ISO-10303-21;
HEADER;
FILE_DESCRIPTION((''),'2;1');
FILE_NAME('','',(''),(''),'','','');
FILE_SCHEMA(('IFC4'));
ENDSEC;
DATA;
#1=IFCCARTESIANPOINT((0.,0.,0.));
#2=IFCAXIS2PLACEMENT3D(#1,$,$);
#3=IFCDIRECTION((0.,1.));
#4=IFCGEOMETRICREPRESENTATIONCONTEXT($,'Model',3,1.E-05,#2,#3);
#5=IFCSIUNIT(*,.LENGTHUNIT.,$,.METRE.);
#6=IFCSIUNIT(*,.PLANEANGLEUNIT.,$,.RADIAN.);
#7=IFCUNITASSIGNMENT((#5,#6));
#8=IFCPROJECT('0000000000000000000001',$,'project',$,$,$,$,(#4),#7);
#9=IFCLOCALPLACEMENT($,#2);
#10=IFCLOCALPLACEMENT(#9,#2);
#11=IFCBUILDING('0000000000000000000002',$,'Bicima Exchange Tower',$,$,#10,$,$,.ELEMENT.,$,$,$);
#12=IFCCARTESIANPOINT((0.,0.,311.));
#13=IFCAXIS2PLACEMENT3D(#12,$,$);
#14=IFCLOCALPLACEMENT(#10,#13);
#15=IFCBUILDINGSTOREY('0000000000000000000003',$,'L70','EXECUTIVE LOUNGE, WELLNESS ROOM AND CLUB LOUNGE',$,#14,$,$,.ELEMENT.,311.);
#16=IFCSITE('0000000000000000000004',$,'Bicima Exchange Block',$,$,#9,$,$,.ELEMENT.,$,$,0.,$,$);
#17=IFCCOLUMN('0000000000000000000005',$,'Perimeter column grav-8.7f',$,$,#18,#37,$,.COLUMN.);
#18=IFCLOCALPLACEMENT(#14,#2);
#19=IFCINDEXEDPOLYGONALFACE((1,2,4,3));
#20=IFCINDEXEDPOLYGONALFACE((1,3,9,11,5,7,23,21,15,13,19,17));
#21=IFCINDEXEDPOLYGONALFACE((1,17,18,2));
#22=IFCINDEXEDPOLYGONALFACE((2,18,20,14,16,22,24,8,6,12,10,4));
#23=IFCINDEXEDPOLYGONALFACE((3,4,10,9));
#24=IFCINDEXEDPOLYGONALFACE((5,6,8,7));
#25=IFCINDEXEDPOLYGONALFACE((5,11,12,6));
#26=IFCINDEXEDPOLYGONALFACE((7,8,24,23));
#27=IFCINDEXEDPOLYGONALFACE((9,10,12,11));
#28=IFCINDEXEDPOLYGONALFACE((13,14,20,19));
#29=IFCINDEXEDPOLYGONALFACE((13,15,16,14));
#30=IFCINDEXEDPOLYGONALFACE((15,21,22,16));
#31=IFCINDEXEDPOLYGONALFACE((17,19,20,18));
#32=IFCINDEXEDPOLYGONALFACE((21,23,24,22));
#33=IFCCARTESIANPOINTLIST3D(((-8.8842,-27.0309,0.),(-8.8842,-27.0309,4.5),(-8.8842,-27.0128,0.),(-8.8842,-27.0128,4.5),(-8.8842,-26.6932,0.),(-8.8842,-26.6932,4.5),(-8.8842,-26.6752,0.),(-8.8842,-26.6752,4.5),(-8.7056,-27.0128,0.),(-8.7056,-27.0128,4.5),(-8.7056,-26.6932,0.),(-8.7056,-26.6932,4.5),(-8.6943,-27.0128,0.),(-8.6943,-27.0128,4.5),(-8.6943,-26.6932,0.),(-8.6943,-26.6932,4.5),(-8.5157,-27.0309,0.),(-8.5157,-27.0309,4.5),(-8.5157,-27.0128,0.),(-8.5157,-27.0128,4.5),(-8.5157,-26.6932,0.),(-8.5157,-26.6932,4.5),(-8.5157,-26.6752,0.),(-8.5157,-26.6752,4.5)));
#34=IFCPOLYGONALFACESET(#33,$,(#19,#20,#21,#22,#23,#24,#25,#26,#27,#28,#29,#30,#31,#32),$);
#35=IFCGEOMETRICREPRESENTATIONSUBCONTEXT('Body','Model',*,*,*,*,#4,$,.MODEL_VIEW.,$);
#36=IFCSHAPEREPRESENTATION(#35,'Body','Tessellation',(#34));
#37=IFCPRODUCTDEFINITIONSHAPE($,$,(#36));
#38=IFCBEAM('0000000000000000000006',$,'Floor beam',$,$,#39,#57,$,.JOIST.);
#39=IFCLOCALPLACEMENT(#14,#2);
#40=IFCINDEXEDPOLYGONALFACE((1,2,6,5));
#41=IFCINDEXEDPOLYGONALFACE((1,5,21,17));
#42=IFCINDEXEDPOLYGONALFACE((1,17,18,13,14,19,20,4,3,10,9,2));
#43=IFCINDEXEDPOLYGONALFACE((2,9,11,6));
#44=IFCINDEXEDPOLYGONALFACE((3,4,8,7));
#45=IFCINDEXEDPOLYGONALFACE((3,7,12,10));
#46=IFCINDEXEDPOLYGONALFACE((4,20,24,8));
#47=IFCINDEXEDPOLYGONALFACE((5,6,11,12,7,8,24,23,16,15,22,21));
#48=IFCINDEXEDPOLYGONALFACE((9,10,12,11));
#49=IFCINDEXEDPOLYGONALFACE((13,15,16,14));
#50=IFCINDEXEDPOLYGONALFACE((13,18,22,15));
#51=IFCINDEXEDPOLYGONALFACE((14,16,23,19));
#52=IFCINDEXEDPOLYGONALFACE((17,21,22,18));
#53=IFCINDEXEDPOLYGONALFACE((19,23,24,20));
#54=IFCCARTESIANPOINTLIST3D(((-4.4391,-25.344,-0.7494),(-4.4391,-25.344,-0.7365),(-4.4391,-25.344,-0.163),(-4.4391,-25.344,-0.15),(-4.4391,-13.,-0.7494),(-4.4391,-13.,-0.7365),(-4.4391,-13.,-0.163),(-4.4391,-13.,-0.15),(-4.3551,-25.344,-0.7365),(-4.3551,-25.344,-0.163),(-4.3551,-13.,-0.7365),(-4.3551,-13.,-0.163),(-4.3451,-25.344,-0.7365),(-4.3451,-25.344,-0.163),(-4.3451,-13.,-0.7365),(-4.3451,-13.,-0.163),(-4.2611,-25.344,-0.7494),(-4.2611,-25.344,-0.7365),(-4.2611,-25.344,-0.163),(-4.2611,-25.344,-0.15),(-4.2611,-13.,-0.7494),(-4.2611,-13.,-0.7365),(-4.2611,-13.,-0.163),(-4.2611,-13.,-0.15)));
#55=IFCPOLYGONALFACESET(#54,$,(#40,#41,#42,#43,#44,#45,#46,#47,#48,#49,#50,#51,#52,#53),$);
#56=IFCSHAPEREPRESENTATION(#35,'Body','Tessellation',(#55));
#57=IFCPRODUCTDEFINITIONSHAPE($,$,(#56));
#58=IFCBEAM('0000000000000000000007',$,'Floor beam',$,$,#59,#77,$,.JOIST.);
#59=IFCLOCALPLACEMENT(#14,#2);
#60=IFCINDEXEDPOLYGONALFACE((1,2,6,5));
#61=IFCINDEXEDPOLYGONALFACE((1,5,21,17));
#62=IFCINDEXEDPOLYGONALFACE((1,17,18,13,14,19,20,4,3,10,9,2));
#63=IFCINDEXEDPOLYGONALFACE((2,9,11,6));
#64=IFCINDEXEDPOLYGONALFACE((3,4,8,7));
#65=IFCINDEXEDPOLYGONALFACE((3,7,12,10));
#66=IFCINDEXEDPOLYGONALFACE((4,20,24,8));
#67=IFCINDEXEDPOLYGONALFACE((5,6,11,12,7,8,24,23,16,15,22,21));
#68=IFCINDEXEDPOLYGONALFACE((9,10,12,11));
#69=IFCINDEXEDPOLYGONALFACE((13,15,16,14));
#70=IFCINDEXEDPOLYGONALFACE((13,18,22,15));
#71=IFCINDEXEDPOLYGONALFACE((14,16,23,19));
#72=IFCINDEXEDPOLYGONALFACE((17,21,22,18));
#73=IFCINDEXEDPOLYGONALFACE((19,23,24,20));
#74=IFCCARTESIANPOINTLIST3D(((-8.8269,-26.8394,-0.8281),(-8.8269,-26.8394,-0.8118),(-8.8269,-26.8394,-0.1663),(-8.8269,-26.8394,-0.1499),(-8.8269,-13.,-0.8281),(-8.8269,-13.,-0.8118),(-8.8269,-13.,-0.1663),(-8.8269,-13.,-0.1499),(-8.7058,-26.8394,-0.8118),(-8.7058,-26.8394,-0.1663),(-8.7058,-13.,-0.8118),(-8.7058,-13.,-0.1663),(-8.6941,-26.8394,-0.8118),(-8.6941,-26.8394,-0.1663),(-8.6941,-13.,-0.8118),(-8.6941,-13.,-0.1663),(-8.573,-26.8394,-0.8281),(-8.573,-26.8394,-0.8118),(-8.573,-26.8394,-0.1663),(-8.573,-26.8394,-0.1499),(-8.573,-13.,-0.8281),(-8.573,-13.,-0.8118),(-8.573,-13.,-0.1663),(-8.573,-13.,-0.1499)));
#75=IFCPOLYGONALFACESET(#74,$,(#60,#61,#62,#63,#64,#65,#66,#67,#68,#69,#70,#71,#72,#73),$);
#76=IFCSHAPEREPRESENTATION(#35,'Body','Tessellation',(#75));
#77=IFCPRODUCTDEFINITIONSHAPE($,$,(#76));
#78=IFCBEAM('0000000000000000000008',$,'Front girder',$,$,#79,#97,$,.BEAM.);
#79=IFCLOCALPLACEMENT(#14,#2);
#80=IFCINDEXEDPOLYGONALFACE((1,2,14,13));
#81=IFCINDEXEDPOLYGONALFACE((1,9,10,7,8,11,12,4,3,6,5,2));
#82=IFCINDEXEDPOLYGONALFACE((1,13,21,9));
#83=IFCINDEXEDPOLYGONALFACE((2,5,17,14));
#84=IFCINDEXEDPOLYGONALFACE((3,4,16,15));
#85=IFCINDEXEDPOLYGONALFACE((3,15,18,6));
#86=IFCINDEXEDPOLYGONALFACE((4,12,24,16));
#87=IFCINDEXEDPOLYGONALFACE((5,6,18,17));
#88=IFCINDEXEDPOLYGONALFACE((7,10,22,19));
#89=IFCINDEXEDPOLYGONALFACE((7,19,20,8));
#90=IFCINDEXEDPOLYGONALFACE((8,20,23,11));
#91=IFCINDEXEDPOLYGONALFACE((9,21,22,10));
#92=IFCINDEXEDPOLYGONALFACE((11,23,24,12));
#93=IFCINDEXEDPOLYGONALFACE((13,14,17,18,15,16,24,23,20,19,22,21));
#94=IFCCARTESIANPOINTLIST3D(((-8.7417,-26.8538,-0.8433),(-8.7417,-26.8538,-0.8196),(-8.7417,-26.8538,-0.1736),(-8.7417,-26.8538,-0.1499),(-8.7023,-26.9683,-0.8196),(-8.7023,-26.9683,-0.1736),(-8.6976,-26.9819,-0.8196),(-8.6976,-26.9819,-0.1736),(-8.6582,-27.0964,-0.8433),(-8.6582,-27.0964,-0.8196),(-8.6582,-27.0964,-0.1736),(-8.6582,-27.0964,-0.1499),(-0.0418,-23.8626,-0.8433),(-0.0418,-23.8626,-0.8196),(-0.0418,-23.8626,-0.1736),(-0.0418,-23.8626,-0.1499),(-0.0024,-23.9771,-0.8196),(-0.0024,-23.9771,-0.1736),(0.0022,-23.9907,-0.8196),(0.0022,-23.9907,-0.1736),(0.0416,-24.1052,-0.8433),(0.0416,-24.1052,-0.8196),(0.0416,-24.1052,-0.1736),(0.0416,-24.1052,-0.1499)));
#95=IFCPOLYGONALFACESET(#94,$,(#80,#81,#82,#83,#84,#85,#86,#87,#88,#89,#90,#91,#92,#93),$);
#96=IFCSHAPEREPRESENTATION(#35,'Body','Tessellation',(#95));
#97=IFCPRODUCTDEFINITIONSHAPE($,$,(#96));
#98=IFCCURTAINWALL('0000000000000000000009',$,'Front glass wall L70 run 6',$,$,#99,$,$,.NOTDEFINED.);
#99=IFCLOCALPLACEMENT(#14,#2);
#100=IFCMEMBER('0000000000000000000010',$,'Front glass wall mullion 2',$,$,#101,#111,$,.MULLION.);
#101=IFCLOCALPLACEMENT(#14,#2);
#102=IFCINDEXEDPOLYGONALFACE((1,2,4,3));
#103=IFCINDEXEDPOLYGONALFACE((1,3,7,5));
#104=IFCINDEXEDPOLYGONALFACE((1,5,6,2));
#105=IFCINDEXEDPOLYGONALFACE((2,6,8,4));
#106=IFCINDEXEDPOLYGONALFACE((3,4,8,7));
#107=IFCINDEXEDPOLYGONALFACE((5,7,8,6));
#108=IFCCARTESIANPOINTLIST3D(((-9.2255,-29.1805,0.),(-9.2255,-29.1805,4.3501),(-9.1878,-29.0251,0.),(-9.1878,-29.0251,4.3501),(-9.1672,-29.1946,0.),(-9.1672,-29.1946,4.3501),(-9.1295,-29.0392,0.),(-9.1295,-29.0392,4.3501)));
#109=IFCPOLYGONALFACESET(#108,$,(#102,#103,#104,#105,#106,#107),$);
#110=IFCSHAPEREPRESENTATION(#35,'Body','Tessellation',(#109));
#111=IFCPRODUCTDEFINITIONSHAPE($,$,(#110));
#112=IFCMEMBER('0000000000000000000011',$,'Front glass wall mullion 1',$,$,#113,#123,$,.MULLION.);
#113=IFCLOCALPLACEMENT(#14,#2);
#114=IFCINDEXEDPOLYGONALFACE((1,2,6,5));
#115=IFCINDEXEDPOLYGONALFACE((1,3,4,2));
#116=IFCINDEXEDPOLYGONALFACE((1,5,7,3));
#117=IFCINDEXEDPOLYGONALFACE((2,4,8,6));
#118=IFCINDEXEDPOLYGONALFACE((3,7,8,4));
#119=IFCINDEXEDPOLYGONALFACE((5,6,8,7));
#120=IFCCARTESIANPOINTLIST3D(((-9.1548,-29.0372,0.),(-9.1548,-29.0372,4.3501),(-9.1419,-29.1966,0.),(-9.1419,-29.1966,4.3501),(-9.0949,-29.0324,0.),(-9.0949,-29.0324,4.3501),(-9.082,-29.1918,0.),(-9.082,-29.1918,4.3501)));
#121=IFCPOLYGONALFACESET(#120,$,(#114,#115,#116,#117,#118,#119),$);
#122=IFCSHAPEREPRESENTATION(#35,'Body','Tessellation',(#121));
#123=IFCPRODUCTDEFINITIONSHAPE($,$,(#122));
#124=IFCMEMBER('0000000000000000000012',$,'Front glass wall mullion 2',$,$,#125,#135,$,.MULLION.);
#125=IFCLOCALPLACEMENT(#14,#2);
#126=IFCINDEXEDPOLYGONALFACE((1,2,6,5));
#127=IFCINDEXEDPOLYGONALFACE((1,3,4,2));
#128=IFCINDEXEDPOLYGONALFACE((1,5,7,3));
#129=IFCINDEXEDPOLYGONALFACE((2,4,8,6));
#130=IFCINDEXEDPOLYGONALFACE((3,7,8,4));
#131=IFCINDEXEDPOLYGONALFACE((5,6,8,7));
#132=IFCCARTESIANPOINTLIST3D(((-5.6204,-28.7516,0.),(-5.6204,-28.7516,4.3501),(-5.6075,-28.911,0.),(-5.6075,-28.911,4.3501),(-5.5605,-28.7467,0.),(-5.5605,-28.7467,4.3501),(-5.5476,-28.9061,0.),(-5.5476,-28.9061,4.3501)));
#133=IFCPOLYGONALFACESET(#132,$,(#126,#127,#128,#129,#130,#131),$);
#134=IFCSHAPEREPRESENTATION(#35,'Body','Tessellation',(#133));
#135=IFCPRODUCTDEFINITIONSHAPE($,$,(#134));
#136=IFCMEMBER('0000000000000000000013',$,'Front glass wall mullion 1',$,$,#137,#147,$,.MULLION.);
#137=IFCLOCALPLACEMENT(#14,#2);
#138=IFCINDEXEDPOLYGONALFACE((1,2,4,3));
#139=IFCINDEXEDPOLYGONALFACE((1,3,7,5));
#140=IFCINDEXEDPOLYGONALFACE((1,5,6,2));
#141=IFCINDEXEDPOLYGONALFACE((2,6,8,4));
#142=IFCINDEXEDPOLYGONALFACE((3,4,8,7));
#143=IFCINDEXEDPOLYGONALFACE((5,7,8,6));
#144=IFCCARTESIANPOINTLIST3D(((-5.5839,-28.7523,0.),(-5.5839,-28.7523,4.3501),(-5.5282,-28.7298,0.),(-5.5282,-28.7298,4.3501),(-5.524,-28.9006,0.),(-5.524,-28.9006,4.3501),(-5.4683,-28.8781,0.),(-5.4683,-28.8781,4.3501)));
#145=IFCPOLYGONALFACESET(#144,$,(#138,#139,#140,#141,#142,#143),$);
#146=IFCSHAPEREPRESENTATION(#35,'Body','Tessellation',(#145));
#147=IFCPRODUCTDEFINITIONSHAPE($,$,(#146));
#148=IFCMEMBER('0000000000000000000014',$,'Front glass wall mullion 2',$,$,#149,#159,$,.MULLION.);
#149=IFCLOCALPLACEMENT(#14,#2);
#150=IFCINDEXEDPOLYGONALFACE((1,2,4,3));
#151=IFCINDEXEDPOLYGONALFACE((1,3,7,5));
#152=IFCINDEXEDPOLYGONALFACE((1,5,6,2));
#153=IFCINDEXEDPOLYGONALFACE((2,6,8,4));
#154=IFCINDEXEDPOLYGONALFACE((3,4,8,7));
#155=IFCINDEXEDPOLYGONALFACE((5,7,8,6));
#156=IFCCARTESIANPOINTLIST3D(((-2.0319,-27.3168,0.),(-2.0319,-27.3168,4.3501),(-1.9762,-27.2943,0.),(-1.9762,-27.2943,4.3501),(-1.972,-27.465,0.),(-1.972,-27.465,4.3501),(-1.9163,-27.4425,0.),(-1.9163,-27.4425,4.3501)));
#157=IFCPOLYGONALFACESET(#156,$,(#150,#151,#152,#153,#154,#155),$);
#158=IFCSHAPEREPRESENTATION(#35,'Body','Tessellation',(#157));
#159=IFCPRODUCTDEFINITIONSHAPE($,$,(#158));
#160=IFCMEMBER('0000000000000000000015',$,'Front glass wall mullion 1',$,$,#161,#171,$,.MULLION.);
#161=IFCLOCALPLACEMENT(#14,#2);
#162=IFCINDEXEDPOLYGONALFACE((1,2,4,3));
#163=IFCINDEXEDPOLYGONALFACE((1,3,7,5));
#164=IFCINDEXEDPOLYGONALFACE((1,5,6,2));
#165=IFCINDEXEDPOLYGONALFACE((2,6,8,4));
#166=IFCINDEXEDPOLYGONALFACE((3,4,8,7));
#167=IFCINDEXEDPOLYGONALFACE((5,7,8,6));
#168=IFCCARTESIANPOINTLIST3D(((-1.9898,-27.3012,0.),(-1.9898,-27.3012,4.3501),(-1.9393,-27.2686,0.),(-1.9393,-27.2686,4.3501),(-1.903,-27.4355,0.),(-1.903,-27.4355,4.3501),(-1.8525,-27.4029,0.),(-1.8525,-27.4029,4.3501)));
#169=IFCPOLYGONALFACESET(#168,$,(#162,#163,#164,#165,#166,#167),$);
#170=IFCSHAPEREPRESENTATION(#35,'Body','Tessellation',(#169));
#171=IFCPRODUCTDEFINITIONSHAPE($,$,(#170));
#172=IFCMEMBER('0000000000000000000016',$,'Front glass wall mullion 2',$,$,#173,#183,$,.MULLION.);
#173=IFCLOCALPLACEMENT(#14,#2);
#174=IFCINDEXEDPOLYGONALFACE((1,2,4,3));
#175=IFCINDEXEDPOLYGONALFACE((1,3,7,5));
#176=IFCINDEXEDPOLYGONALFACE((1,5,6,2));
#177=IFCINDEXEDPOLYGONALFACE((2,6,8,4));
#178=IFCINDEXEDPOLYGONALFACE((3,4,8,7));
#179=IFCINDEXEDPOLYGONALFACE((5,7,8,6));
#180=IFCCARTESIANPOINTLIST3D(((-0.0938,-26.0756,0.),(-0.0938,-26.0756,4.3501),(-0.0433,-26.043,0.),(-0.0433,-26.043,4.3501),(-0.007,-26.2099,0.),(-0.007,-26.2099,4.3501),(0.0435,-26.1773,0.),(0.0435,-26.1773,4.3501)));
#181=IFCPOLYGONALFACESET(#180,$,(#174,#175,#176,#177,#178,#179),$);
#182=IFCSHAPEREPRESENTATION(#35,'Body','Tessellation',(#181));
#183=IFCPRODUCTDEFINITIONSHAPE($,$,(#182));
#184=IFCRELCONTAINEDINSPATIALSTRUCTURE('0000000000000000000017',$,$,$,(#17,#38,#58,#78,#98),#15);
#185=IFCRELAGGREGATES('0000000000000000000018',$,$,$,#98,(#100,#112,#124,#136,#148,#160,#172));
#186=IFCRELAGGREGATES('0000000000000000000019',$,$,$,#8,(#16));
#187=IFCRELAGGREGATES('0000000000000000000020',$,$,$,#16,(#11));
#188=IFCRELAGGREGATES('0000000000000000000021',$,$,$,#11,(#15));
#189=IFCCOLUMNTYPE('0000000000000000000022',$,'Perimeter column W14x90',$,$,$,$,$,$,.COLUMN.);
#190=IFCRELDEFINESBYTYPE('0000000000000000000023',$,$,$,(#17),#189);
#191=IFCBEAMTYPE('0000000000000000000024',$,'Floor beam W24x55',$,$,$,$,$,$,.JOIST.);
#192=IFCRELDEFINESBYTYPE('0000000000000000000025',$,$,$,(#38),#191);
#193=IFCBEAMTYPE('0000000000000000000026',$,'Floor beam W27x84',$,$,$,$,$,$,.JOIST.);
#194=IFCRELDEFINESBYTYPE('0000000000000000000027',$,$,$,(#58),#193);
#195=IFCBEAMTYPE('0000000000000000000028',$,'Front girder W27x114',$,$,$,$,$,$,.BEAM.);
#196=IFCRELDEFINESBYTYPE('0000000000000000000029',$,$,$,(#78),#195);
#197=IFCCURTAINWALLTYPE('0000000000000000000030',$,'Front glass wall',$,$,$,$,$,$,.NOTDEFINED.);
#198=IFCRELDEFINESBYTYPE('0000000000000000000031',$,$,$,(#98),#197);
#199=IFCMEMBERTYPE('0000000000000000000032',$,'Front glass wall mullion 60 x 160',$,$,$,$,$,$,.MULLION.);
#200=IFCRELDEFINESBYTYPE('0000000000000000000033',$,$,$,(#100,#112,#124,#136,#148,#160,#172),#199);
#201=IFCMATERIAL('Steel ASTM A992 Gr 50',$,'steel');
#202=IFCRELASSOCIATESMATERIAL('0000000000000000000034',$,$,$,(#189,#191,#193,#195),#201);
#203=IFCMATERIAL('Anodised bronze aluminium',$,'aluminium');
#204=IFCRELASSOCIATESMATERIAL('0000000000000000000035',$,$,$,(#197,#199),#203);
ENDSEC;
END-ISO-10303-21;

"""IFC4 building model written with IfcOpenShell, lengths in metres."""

from ifc_helpers import new_model, si_unit, direction, frame, origin, origin_2d, place, context, subcontext, project, spatial, rectangle, i_section, extrude, material, material_profile, profile_set, type_object, element, aggregate, save


model = new_model("IFC4")

# Units and contexts
model_context = context("Model", 3, precision=1e-05, world=origin(), true_north=direction((0.0, 1.0)))
body_context = subcontext(model_context, "Body", "Model", "MODEL_VIEW")
ifc_project = project(units=[si_unit("LENGTHUNIT", "METRE"), si_unit("PLANEANGLEUNIT", "RADIAN")], contexts=[model_context])

# Site, building, storey
site_placement = place(None, origin())
site = spatial("IfcSite", under=ifc_project, at=site_placement, Name="Bicima Exchange Block", CompositionType="ELEMENT", RefElevation=0.0)
building_placement = place(site_placement, origin())
building = spatial("IfcBuilding", under=site, at=building_placement, Name="Bicima Exchange Tower", CompositionType="ELEMENT")
storey_placement = place(building_placement, frame((0.0, 0.0, 311.0)))
storey = spatial("IfcBuildingStorey", under=building, at=storey_placement, Name="L70", Description="EXECUTIVE LOUNGE, WELLNESS ROOM AND CLUB LOUNGE", CompositionType="ELEMENT", Elevation=311.0)

# Column
ifc_material_1 = material(Name="Steel ASTM A992 Gr 50", Category="steel")
ifc_material_profile_1 = material_profile(ifc_material_1, i_section(OverallWidth=0.3684, OverallDepth=0.3557, WebThickness=0.0112, FlangeThickness=0.0181, at=origin_2d()))
ifc_profile_set_1 = profile_set([ifc_material_profile_1], Name="Steel ASTM A992 Gr 50")
column_type = type_object("IfcColumnType", Name="Perimeter column W14x90", PredefinedType="COLUMN", material=ifc_profile_set_1)
column_placement = place(storey_placement, frame((-8.7, -26.853, 0.0), z_axis=(0.0, 0.0, 1.0), x_axis=(1.0, 0.0, 0.0)))
element("IfcColumn", 1, at=column_placement, inside=storey, type_object=column_type, Name="Perimeter column grav-8.7f", PredefinedType="COLUMN", context=body_context, shape_type="SweptSolid", body=[
    extrude(i_section(OverallWidth=0.3684, OverallDepth=0.3557, WebThickness=0.0112, FlangeThickness=0.0181, at=origin_2d()), origin(), (0.0, 0.0, 1.0), 4.5),
])

# Beams
ifc_material_profile_2 = material_profile(ifc_material_1, i_section(OverallWidth=0.178, OverallDepth=0.5994, WebThickness=0.01, FlangeThickness=0.0129, at=origin_2d()))
ifc_profile_set_2 = profile_set([ifc_material_profile_2], Name="Steel ASTM A992 Gr 50")
beam_type_1 = type_object("IfcBeamType", Name="Floor beam W24x55", PredefinedType="JOIST", material=ifc_profile_set_2)
beam_1_placement = place(storey_placement, frame((-4.3501, -13.0, -0.4497), z_axis=(0.0, -1.0, 0.0), x_axis=(1.0, 0.0, 0.0)))
element("IfcBeam", 2, at=beam_1_placement, inside=storey, type_object=beam_type_1, Name="Floor beam", PredefinedType="JOIST", context=body_context, shape_type="SweptSolid", body=[
    extrude(i_section(OverallWidth=0.178, OverallDepth=0.5994, WebThickness=0.01, FlangeThickness=0.0129, at=origin_2d()), origin(), (0.0, 0.0, 1.0), 12.344),
])
ifc_material_profile_3 = material_profile(ifc_material_1, i_section(OverallWidth=0.2539, OverallDepth=0.6782, WebThickness=0.0117, FlangeThickness=0.0164, at=origin_2d()))
ifc_profile_set_3 = profile_set([ifc_material_profile_3], Name="Steel ASTM A992 Gr 50")
beam_type_2 = type_object("IfcBeamType", Name="Floor beam W27x84", PredefinedType="JOIST", material=ifc_profile_set_3)
beam_2_placement = place(storey_placement, frame((-8.7, -13.0, -0.489), z_axis=(0.0, -1.0, 0.0), x_axis=(1.0, 0.0, 0.0)))
element("IfcBeam", 3, at=beam_2_placement, inside=storey, type_object=beam_type_2, Name="Floor beam", PredefinedType="JOIST", context=body_context, shape_type="SweptSolid", body=[
    extrude(i_section(OverallWidth=0.2539, OverallDepth=0.6782, WebThickness=0.0117, FlangeThickness=0.0164, at=origin_2d()), origin(), (0.0, 0.0, 1.0), 13.8394),
])
ifc_material_profile_4 = material_profile(ifc_material_1, i_section(OverallWidth=0.2566, OverallDepth=0.6934, WebThickness=0.0144, FlangeThickness=0.0237, at=origin_2d()))
ifc_profile_set_4 = profile_set([ifc_material_profile_4], Name="Steel ASTM A992 Gr 50")
beam_type_3 = type_object("IfcBeamType", Name="Front girder W27x114", PredefinedType="BEAM", material=ifc_profile_set_4)
beam_3_placement = place(storey_placement, frame((-8.7, -26.9751, -0.4966), z_axis=(0.945666, 0.325138, 0.0), x_axis=(-0.325138, 0.945666, 0.0)))
element("IfcBeam", 4, at=beam_3_placement, inside=storey, type_object=beam_type_3, Name="Front girder", PredefinedType="BEAM", context=body_context, shape_type="SweptSolid", body=[
    extrude(i_section(OverallWidth=0.2566, OverallDepth=0.6934, WebThickness=0.0144, FlangeThickness=0.0237, at=origin_2d()), origin(), (0.0, 0.0, 1.0), 9.1997),
])

# Curtain wall, members
ifc_material_2 = material(Name="Anodised bronze aluminium", Category="aluminium")
curtain_wall_type = type_object("IfcCurtainWallType", Name="Front glass wall", PredefinedType="NOTDEFINED", material=ifc_material_2)
curtain_wall_placement = place(storey_placement, origin())
curtain_wall = element("IfcCurtainWall", 5, at=curtain_wall_placement, inside=storey, type_object=curtain_wall_type, Name="Front glass wall L70 run 6", PredefinedType="NOTDEFINED")
ifc_material_profile_5 = material_profile(ifc_material_2, rectangle(XDim=0.1599, YDim=0.0601, at=origin_2d()))
ifc_profile_set_5 = profile_set([ifc_material_profile_5], Name="Anodised bronze aluminium")
member_type_1 = type_object("IfcMemberType", Name="Front glass wall mullion 60 x 160", PredefinedType="MULLION", material=ifc_profile_set_5)
member_1_placement = place(storey_placement, frame((-9.1775, -29.1099, 0.0), z_axis=(0.0, 0.0, 1.0), x_axis=(0.235682, 0.97183, 0.0)))
member_1 = element("IfcMember", 6, at=member_1_placement, type_object=member_type_1, Name="Front glass wall mullion 2", PredefinedType="MULLION", context=body_context, shape_type="SweptSolid", body=[
    extrude(rectangle(XDim=0.1599, YDim=0.0601, at=origin_2d()), origin(), (0.0, 0.0, 1.0), 4.3501),
])
member_2_placement = place(storey_placement, frame((-9.1184, -29.1145, 0.0), z_axis=(0.0, 0.0, 1.0), x_axis=(-0.080589, 0.996747, 0.0)))
member_2 = element("IfcMember", 7, at=member_2_placement, type_object=member_type_1, Name="Front glass wall mullion 1", PredefinedType="MULLION", context=body_context, shape_type="SweptSolid", body=[
    extrude(rectangle(XDim=0.1599, YDim=0.0601, at=origin_2d()), origin(), (0.0, 0.0, 1.0), 4.3501),
])
member_3_placement = place(storey_placement, frame((-5.584, -28.8289, 0.0), z_axis=(0.0, 0.0, 1.0), x_axis=(-0.080589, 0.996747, 0.0)))
member_3 = element("IfcMember", 8, at=member_3_placement, type_object=member_type_1, Name="Front glass wall mullion 2", PredefinedType="MULLION", context=body_context, shape_type="SweptSolid", body=[
    extrude(rectangle(XDim=0.1599, YDim=0.0601, at=origin_2d()), origin(), (0.0, 0.0, 1.0), 4.3501),
])
member_4_placement = place(storey_placement, frame((-5.5261, -28.8152, 0.0), z_axis=(0.0, 0.0, 1.0), x_axis=(-0.374705, 0.927144, 0.0)))
member_4 = element("IfcMember", 9, at=member_4_placement, type_object=member_type_1, Name="Front glass wall mullion 1", PredefinedType="MULLION", context=body_context, shape_type="SweptSolid", body=[
    extrude(rectangle(XDim=0.1599, YDim=0.0601, at=origin_2d()), origin(), (0.0, 0.0, 1.0), 4.3501),
])
member_5_placement = place(storey_placement, frame((-1.9741, -27.3796, 0.0), z_axis=(0.0, 0.0, 1.0), x_axis=(-0.374705, 0.927144, 0.0)))
member_5 = element("IfcMember", 10, at=member_5_placement, type_object=member_type_1, Name="Front glass wall mullion 2", PredefinedType="MULLION", context=body_context, shape_type="SweptSolid", body=[
    extrude(rectangle(XDim=0.1599, YDim=0.0601, at=origin_2d()), origin(), (0.0, 0.0, 1.0), 4.3501),
])
member_6_placement = place(storey_placement, frame((-1.9211, -27.3521, 0.0), z_axis=(0.0, 0.0, 1.0), x_axis=(-0.542897, 0.839799, 0.0)))
member_6 = element("IfcMember", 11, at=member_6_placement, type_object=member_type_1, Name="Front glass wall mullion 1", PredefinedType="MULLION", context=body_context, shape_type="SweptSolid", body=[
    extrude(rectangle(XDim=0.1599, YDim=0.0601, at=origin_2d()), origin(), (0.0, 0.0, 1.0), 4.3501),
])
member_7_placement = place(storey_placement, frame((-0.0251, -26.1265, 0.0), z_axis=(0.0, 0.0, 1.0), x_axis=(-0.542897, 0.839799, 0.0)))
member_7 = element("IfcMember", 12, at=member_7_placement, type_object=member_type_1, Name="Front glass wall mullion 2", PredefinedType="MULLION", context=body_context, shape_type="SweptSolid", body=[
    extrude(rectangle(XDim=0.1599, YDim=0.0601, at=origin_2d()), origin(), (0.0, 0.0, 1.0), 4.3501),
])
aggregate(curtain_wall, [member_1, member_2, member_3, member_4, member_5, member_6, member_7])

save(model, "model.ifc")
